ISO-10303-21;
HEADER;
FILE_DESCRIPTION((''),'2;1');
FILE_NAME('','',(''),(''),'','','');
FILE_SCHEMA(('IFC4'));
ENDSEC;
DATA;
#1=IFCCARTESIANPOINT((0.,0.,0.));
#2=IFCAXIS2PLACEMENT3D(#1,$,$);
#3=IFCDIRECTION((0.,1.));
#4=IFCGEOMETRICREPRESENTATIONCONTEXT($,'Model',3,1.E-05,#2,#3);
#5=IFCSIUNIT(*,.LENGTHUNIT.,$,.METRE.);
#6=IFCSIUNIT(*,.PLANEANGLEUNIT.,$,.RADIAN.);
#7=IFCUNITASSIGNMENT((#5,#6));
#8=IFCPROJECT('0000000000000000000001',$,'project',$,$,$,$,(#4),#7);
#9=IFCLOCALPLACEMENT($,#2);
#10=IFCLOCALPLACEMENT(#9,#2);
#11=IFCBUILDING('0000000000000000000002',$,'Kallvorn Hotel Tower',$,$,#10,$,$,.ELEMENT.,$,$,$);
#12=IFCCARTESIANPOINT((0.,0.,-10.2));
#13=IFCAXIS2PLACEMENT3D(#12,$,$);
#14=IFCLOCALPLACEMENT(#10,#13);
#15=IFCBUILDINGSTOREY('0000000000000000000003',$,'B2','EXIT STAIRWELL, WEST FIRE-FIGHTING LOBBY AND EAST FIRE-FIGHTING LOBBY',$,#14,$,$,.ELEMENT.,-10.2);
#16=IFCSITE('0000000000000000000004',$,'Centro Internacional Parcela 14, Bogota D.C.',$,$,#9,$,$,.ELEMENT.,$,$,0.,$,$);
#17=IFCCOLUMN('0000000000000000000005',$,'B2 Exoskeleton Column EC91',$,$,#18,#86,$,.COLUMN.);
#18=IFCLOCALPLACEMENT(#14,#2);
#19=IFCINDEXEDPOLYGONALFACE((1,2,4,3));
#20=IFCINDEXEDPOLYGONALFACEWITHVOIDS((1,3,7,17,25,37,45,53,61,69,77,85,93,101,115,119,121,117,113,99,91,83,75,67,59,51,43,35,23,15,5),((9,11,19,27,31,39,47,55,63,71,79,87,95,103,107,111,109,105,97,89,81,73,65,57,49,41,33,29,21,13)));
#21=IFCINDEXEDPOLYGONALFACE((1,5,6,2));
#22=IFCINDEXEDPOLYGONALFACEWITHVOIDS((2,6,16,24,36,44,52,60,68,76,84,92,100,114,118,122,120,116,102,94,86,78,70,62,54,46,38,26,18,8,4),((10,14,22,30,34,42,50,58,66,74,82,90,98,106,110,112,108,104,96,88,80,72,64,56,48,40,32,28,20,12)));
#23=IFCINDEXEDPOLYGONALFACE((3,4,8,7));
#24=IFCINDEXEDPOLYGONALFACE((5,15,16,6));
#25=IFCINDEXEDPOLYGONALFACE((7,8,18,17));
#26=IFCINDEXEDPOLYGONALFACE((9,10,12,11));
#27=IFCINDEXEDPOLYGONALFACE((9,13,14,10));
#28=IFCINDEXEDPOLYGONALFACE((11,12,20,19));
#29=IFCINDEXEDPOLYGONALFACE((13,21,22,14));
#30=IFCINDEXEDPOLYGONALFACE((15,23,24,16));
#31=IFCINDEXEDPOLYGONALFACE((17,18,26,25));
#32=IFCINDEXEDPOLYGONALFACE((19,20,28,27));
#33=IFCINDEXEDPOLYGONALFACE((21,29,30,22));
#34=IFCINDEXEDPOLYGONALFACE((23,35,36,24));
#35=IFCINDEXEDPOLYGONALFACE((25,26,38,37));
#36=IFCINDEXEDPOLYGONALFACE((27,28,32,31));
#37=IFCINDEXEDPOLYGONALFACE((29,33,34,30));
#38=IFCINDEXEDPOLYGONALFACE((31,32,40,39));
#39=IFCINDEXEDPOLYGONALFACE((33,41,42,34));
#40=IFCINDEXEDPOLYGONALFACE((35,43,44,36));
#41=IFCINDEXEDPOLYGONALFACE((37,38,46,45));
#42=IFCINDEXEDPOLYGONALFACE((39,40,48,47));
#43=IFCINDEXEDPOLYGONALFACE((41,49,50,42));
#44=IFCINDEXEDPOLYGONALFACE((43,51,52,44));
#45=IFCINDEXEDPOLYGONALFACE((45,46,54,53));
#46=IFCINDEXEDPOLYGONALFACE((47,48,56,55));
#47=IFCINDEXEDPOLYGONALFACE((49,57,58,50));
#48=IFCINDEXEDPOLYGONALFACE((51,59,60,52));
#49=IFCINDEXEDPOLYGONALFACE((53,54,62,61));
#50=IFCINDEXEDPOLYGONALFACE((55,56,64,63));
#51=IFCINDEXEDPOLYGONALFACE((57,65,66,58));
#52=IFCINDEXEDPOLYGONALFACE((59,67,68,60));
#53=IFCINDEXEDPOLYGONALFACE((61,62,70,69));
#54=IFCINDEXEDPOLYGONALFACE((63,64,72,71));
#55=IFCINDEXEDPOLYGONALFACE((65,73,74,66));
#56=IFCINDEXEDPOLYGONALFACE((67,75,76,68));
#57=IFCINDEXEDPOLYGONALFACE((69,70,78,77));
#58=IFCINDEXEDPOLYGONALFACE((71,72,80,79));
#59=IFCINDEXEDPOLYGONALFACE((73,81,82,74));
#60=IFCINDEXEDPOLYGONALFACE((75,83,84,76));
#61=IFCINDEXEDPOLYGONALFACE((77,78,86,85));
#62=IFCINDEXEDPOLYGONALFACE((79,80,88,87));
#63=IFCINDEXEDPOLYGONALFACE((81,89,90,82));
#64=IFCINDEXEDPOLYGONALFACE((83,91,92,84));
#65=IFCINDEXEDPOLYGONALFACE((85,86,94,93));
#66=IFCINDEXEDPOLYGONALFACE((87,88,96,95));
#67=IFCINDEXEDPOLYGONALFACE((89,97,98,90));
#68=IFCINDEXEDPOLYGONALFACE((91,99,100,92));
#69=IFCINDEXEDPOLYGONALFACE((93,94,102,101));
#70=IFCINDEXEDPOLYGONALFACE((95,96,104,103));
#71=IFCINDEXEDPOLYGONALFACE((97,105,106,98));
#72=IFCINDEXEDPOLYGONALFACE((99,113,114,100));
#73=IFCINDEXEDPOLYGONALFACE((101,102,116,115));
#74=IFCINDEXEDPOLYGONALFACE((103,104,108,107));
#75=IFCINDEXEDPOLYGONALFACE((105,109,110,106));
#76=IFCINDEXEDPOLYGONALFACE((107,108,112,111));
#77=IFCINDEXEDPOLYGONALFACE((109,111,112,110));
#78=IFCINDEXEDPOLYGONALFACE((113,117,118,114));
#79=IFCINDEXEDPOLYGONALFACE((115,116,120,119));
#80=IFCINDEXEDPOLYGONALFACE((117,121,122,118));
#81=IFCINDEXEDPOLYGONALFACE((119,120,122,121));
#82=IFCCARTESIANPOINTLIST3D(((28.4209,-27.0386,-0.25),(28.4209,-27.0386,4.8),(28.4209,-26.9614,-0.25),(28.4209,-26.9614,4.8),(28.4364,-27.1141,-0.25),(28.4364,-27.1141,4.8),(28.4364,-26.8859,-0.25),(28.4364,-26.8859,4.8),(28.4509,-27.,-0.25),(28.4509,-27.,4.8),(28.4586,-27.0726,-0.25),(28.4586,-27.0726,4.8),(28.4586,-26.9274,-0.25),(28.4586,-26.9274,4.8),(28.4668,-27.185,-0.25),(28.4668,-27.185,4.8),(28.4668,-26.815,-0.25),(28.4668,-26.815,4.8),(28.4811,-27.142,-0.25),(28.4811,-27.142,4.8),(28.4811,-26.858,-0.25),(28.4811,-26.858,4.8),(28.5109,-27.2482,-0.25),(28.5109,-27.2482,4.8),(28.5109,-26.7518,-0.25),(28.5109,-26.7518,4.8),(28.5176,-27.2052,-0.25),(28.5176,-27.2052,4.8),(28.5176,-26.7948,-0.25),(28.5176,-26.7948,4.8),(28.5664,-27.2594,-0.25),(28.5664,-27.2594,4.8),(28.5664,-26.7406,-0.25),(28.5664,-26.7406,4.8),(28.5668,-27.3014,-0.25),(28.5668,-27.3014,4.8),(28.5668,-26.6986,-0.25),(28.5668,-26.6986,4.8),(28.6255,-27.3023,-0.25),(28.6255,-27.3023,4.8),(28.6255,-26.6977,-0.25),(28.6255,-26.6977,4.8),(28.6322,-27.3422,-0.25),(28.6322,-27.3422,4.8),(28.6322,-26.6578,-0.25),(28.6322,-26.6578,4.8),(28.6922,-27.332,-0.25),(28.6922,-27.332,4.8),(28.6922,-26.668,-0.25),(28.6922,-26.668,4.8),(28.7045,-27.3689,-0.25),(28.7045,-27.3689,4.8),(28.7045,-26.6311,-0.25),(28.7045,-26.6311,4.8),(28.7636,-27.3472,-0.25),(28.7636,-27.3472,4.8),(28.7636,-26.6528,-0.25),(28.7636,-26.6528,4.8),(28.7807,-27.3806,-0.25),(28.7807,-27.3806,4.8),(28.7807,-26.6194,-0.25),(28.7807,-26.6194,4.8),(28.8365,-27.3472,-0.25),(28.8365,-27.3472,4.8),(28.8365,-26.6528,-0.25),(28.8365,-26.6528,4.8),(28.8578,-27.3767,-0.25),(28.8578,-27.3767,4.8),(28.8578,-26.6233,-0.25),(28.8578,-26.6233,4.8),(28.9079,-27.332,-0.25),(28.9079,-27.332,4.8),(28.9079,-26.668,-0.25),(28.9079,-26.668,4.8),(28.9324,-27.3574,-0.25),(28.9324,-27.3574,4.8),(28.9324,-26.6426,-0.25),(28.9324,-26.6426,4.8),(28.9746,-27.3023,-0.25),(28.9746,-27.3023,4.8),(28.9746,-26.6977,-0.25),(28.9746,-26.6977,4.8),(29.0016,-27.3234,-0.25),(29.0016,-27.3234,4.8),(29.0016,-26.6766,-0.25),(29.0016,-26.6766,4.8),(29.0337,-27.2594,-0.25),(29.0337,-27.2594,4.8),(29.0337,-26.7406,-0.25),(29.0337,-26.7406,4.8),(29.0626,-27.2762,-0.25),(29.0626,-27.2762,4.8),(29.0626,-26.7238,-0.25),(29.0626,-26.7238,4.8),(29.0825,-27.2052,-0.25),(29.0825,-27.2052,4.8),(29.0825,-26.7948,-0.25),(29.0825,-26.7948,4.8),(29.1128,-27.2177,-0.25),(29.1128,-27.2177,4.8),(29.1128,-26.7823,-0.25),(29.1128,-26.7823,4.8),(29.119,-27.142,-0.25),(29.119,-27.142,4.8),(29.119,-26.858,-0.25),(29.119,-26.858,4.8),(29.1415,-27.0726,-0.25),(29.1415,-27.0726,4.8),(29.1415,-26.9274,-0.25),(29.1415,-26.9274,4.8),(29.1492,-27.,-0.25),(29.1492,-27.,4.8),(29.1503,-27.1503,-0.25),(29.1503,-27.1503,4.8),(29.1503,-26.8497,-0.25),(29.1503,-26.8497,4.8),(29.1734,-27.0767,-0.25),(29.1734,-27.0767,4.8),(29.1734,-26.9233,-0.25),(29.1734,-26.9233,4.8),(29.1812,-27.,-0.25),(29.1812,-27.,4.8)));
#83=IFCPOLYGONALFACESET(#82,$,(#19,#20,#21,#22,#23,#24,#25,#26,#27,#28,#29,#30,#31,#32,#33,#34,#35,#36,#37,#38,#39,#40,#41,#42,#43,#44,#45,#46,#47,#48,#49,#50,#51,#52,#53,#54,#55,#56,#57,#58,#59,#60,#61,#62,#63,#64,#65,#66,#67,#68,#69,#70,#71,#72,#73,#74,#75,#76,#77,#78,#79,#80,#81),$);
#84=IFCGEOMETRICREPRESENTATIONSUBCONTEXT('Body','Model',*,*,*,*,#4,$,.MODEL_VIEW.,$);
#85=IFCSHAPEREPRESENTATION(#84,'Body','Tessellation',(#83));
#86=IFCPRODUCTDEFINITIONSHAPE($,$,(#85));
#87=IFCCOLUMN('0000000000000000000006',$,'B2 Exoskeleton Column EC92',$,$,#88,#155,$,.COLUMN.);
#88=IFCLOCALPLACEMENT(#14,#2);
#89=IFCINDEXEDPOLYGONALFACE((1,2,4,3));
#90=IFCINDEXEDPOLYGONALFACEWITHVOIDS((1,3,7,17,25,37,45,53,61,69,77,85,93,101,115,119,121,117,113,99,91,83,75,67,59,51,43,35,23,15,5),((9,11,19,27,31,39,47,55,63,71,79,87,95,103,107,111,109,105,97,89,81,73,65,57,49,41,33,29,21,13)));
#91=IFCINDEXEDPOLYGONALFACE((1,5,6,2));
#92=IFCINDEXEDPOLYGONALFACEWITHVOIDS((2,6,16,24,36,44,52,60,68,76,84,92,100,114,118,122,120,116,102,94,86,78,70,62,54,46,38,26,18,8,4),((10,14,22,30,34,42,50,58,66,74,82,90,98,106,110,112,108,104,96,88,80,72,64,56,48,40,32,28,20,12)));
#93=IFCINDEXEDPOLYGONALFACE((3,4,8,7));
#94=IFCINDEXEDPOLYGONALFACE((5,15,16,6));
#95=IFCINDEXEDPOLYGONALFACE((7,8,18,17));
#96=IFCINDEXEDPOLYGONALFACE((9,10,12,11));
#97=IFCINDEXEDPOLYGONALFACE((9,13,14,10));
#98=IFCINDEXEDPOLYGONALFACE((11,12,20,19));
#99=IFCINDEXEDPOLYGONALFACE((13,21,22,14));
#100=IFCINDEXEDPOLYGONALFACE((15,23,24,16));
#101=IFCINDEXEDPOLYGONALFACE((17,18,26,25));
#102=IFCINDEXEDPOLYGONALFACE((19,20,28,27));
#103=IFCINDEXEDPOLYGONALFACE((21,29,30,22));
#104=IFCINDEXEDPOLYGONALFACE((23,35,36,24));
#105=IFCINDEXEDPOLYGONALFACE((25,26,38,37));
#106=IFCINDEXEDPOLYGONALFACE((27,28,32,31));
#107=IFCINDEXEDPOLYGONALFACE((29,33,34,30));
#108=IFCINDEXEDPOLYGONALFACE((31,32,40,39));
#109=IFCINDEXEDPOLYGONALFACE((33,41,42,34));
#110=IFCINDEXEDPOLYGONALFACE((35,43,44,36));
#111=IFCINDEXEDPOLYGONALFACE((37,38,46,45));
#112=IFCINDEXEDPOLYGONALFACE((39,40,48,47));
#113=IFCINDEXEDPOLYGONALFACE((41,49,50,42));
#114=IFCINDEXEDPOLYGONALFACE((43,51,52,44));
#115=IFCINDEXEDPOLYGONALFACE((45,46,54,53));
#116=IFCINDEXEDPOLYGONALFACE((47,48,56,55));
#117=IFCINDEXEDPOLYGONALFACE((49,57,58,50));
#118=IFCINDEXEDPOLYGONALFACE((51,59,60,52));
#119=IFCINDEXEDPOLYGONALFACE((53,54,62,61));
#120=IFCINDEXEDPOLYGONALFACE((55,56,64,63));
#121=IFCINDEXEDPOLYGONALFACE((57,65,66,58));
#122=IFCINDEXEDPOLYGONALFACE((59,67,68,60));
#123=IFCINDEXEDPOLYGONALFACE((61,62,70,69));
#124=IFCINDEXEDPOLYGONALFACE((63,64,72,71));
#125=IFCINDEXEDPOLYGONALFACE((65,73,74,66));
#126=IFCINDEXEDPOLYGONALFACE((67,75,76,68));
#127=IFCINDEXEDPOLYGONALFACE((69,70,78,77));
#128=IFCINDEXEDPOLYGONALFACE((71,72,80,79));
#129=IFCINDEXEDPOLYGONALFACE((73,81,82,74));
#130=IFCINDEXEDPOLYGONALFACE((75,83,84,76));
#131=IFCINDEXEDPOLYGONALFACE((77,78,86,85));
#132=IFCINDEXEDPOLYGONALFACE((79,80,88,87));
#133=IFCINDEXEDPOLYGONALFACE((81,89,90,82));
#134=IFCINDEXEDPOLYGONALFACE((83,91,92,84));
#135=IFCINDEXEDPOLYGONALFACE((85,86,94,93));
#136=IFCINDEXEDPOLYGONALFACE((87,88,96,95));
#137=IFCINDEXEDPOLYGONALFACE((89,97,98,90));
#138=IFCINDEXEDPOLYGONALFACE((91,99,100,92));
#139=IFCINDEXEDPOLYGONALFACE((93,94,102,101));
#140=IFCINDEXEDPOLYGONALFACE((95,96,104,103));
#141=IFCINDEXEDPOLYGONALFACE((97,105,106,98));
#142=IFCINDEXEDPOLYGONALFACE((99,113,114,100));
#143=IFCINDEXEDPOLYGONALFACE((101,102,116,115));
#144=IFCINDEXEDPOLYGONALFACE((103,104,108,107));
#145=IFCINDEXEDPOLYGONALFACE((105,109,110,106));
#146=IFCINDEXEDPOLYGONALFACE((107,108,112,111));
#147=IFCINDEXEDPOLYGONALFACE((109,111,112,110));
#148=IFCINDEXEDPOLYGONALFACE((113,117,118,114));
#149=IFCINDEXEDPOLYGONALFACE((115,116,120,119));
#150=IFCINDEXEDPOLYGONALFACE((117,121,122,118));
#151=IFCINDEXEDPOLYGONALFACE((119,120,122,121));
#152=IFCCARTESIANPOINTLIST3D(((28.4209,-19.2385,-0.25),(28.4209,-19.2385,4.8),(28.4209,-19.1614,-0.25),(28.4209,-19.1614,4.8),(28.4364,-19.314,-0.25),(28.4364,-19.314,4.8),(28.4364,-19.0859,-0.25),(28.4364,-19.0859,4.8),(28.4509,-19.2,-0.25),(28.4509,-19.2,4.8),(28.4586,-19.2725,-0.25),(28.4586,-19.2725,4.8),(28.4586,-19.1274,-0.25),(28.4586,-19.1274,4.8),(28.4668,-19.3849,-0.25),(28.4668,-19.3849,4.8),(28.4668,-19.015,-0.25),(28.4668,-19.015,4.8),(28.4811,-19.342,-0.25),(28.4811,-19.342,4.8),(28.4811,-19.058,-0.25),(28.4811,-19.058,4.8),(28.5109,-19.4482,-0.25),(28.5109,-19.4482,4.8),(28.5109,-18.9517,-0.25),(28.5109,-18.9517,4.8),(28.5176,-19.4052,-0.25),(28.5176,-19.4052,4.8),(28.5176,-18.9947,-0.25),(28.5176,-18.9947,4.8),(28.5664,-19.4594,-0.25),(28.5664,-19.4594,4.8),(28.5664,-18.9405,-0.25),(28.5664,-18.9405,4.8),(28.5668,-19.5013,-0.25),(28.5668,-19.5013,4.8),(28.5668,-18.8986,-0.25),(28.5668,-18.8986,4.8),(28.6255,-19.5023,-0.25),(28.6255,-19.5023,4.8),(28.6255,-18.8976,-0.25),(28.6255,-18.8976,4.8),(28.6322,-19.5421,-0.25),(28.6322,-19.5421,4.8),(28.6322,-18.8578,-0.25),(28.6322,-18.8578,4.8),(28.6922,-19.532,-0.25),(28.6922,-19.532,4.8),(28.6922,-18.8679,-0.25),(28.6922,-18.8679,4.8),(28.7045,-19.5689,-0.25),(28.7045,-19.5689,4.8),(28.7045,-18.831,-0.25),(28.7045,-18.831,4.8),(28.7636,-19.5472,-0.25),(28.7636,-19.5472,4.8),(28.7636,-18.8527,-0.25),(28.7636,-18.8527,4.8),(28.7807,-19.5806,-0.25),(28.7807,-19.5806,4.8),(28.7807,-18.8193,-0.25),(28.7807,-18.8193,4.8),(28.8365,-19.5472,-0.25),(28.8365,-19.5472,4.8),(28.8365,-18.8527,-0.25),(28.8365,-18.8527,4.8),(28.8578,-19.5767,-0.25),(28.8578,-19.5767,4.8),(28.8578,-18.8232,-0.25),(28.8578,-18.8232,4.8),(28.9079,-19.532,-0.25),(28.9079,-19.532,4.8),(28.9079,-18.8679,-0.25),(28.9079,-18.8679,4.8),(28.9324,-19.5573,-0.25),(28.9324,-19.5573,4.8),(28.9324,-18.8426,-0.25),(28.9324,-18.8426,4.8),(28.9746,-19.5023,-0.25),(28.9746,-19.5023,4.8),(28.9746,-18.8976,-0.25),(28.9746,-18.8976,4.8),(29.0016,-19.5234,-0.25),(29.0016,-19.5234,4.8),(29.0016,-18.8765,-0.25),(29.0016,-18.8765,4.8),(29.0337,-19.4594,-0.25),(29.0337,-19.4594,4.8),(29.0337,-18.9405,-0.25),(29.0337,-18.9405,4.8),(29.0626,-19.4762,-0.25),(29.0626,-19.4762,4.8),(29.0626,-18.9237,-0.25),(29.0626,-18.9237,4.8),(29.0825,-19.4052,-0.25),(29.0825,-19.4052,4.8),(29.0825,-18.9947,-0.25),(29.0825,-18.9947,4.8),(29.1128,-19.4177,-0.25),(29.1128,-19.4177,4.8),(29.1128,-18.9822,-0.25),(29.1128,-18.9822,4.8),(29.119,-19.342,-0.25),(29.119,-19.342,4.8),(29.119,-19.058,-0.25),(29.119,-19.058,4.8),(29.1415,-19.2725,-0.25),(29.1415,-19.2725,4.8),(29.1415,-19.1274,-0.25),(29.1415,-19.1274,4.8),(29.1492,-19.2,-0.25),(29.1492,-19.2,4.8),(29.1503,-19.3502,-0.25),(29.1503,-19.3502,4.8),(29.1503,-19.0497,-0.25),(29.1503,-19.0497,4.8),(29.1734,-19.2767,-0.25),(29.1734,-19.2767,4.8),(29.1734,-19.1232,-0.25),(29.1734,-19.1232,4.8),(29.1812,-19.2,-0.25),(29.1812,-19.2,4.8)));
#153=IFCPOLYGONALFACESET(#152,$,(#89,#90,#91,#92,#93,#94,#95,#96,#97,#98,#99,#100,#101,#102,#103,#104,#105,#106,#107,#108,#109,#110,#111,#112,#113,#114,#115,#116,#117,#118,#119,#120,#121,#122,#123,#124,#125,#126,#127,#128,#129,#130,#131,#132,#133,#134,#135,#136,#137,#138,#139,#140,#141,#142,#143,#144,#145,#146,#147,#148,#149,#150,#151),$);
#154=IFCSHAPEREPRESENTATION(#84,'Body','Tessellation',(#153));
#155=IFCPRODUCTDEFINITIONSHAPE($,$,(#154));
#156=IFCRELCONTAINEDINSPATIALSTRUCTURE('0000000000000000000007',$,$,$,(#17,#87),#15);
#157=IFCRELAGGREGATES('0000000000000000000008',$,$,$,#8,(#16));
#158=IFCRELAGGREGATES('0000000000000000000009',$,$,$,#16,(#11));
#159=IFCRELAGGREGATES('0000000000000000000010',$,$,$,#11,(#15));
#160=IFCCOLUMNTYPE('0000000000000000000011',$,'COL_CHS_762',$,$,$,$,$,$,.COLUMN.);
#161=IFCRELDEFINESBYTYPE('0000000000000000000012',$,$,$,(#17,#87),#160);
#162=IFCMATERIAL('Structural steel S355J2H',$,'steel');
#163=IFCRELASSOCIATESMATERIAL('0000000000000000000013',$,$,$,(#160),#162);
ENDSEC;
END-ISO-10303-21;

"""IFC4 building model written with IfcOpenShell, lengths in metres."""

from ifc_helpers import new_model, si_unit, direction, frame, origin, origin_2d, place, context, subcontext, project, spatial, hollow_circle, extrude, material, material_profile, profile_set, type_object, element, save


model = new_model("IFC4")

# Units and contexts
model_context = context("Model", 3, precision=1e-05, world=origin(), true_north=direction((0.0, 1.0)))
body_context = subcontext(model_context, "Body", "Model", "MODEL_VIEW")
ifc_project = project(units=[si_unit("LENGTHUNIT", "METRE"), si_unit("PLANEANGLEUNIT", "RADIAN")], contexts=[model_context])

# Site, building, storey
site_placement = place(None, origin())
site = spatial("IfcSite", under=ifc_project, at=site_placement, Name="Centro Internacional Parcela 14, Bogota D.C.", CompositionType="ELEMENT", RefElevation=0.0)
building_placement = place(site_placement, origin())
building = spatial("IfcBuilding", under=site, at=building_placement, Name="Kallvorn Hotel Tower", CompositionType="ELEMENT")
storey_placement = place(building_placement, frame((0.0, 0.0, -10.2)))
storey = spatial("IfcBuildingStorey", under=building, at=storey_placement, Name="B2", Description="EXIT STAIRWELL, WEST FIRE-FIGHTING LOBBY AND EAST FIRE-FIGHTING LOBBY", CompositionType="ELEMENT", Elevation=-10.2)

# Columns
ifc_material_1 = material(Name="Structural steel S355J2H", Category="steel")
ifc_material_profile_1 = material_profile(ifc_material_1, hollow_circle(Radius=0.3811, WallThickness=0.032, at=origin_2d()), Name="CHS 762x32")
ifc_profile_set_1 = profile_set([ifc_material_profile_1], Name="Structural steel S355J2H")
column_type_1 = type_object("IfcColumnType", Name="COL_CHS_762", PredefinedType="COLUMN", material=ifc_profile_set_1)
for number, where, z_axis, x_axis, name in (
    (1, (28.8, -27.0, -0.25), (0.0, 0.0, 1.0), (1.0, 0.0, 0.0), "B2 Exoskeleton Column EC91"),
    (2, (28.8, -19.2, -0.25), (0.0, 0.0, 1.0), (1.0, 0.0, 0.0), "B2 Exoskeleton Column EC92"),
):
    element("IfcColumn", number, at=place(storey_placement, frame(where, z_axis=z_axis, x_axis=x_axis)), inside=storey, type_object=column_type_1, Name=name, PredefinedType="COLUMN", context=body_context, shape_type="SweptSolid", body=[
        extrude(hollow_circle(Radius=0.3811, WallThickness=0.032, at=origin_2d()), origin(), (0.0, 0.0, 1.0), 5.05),
    ])

save(model, "model.ifc")
